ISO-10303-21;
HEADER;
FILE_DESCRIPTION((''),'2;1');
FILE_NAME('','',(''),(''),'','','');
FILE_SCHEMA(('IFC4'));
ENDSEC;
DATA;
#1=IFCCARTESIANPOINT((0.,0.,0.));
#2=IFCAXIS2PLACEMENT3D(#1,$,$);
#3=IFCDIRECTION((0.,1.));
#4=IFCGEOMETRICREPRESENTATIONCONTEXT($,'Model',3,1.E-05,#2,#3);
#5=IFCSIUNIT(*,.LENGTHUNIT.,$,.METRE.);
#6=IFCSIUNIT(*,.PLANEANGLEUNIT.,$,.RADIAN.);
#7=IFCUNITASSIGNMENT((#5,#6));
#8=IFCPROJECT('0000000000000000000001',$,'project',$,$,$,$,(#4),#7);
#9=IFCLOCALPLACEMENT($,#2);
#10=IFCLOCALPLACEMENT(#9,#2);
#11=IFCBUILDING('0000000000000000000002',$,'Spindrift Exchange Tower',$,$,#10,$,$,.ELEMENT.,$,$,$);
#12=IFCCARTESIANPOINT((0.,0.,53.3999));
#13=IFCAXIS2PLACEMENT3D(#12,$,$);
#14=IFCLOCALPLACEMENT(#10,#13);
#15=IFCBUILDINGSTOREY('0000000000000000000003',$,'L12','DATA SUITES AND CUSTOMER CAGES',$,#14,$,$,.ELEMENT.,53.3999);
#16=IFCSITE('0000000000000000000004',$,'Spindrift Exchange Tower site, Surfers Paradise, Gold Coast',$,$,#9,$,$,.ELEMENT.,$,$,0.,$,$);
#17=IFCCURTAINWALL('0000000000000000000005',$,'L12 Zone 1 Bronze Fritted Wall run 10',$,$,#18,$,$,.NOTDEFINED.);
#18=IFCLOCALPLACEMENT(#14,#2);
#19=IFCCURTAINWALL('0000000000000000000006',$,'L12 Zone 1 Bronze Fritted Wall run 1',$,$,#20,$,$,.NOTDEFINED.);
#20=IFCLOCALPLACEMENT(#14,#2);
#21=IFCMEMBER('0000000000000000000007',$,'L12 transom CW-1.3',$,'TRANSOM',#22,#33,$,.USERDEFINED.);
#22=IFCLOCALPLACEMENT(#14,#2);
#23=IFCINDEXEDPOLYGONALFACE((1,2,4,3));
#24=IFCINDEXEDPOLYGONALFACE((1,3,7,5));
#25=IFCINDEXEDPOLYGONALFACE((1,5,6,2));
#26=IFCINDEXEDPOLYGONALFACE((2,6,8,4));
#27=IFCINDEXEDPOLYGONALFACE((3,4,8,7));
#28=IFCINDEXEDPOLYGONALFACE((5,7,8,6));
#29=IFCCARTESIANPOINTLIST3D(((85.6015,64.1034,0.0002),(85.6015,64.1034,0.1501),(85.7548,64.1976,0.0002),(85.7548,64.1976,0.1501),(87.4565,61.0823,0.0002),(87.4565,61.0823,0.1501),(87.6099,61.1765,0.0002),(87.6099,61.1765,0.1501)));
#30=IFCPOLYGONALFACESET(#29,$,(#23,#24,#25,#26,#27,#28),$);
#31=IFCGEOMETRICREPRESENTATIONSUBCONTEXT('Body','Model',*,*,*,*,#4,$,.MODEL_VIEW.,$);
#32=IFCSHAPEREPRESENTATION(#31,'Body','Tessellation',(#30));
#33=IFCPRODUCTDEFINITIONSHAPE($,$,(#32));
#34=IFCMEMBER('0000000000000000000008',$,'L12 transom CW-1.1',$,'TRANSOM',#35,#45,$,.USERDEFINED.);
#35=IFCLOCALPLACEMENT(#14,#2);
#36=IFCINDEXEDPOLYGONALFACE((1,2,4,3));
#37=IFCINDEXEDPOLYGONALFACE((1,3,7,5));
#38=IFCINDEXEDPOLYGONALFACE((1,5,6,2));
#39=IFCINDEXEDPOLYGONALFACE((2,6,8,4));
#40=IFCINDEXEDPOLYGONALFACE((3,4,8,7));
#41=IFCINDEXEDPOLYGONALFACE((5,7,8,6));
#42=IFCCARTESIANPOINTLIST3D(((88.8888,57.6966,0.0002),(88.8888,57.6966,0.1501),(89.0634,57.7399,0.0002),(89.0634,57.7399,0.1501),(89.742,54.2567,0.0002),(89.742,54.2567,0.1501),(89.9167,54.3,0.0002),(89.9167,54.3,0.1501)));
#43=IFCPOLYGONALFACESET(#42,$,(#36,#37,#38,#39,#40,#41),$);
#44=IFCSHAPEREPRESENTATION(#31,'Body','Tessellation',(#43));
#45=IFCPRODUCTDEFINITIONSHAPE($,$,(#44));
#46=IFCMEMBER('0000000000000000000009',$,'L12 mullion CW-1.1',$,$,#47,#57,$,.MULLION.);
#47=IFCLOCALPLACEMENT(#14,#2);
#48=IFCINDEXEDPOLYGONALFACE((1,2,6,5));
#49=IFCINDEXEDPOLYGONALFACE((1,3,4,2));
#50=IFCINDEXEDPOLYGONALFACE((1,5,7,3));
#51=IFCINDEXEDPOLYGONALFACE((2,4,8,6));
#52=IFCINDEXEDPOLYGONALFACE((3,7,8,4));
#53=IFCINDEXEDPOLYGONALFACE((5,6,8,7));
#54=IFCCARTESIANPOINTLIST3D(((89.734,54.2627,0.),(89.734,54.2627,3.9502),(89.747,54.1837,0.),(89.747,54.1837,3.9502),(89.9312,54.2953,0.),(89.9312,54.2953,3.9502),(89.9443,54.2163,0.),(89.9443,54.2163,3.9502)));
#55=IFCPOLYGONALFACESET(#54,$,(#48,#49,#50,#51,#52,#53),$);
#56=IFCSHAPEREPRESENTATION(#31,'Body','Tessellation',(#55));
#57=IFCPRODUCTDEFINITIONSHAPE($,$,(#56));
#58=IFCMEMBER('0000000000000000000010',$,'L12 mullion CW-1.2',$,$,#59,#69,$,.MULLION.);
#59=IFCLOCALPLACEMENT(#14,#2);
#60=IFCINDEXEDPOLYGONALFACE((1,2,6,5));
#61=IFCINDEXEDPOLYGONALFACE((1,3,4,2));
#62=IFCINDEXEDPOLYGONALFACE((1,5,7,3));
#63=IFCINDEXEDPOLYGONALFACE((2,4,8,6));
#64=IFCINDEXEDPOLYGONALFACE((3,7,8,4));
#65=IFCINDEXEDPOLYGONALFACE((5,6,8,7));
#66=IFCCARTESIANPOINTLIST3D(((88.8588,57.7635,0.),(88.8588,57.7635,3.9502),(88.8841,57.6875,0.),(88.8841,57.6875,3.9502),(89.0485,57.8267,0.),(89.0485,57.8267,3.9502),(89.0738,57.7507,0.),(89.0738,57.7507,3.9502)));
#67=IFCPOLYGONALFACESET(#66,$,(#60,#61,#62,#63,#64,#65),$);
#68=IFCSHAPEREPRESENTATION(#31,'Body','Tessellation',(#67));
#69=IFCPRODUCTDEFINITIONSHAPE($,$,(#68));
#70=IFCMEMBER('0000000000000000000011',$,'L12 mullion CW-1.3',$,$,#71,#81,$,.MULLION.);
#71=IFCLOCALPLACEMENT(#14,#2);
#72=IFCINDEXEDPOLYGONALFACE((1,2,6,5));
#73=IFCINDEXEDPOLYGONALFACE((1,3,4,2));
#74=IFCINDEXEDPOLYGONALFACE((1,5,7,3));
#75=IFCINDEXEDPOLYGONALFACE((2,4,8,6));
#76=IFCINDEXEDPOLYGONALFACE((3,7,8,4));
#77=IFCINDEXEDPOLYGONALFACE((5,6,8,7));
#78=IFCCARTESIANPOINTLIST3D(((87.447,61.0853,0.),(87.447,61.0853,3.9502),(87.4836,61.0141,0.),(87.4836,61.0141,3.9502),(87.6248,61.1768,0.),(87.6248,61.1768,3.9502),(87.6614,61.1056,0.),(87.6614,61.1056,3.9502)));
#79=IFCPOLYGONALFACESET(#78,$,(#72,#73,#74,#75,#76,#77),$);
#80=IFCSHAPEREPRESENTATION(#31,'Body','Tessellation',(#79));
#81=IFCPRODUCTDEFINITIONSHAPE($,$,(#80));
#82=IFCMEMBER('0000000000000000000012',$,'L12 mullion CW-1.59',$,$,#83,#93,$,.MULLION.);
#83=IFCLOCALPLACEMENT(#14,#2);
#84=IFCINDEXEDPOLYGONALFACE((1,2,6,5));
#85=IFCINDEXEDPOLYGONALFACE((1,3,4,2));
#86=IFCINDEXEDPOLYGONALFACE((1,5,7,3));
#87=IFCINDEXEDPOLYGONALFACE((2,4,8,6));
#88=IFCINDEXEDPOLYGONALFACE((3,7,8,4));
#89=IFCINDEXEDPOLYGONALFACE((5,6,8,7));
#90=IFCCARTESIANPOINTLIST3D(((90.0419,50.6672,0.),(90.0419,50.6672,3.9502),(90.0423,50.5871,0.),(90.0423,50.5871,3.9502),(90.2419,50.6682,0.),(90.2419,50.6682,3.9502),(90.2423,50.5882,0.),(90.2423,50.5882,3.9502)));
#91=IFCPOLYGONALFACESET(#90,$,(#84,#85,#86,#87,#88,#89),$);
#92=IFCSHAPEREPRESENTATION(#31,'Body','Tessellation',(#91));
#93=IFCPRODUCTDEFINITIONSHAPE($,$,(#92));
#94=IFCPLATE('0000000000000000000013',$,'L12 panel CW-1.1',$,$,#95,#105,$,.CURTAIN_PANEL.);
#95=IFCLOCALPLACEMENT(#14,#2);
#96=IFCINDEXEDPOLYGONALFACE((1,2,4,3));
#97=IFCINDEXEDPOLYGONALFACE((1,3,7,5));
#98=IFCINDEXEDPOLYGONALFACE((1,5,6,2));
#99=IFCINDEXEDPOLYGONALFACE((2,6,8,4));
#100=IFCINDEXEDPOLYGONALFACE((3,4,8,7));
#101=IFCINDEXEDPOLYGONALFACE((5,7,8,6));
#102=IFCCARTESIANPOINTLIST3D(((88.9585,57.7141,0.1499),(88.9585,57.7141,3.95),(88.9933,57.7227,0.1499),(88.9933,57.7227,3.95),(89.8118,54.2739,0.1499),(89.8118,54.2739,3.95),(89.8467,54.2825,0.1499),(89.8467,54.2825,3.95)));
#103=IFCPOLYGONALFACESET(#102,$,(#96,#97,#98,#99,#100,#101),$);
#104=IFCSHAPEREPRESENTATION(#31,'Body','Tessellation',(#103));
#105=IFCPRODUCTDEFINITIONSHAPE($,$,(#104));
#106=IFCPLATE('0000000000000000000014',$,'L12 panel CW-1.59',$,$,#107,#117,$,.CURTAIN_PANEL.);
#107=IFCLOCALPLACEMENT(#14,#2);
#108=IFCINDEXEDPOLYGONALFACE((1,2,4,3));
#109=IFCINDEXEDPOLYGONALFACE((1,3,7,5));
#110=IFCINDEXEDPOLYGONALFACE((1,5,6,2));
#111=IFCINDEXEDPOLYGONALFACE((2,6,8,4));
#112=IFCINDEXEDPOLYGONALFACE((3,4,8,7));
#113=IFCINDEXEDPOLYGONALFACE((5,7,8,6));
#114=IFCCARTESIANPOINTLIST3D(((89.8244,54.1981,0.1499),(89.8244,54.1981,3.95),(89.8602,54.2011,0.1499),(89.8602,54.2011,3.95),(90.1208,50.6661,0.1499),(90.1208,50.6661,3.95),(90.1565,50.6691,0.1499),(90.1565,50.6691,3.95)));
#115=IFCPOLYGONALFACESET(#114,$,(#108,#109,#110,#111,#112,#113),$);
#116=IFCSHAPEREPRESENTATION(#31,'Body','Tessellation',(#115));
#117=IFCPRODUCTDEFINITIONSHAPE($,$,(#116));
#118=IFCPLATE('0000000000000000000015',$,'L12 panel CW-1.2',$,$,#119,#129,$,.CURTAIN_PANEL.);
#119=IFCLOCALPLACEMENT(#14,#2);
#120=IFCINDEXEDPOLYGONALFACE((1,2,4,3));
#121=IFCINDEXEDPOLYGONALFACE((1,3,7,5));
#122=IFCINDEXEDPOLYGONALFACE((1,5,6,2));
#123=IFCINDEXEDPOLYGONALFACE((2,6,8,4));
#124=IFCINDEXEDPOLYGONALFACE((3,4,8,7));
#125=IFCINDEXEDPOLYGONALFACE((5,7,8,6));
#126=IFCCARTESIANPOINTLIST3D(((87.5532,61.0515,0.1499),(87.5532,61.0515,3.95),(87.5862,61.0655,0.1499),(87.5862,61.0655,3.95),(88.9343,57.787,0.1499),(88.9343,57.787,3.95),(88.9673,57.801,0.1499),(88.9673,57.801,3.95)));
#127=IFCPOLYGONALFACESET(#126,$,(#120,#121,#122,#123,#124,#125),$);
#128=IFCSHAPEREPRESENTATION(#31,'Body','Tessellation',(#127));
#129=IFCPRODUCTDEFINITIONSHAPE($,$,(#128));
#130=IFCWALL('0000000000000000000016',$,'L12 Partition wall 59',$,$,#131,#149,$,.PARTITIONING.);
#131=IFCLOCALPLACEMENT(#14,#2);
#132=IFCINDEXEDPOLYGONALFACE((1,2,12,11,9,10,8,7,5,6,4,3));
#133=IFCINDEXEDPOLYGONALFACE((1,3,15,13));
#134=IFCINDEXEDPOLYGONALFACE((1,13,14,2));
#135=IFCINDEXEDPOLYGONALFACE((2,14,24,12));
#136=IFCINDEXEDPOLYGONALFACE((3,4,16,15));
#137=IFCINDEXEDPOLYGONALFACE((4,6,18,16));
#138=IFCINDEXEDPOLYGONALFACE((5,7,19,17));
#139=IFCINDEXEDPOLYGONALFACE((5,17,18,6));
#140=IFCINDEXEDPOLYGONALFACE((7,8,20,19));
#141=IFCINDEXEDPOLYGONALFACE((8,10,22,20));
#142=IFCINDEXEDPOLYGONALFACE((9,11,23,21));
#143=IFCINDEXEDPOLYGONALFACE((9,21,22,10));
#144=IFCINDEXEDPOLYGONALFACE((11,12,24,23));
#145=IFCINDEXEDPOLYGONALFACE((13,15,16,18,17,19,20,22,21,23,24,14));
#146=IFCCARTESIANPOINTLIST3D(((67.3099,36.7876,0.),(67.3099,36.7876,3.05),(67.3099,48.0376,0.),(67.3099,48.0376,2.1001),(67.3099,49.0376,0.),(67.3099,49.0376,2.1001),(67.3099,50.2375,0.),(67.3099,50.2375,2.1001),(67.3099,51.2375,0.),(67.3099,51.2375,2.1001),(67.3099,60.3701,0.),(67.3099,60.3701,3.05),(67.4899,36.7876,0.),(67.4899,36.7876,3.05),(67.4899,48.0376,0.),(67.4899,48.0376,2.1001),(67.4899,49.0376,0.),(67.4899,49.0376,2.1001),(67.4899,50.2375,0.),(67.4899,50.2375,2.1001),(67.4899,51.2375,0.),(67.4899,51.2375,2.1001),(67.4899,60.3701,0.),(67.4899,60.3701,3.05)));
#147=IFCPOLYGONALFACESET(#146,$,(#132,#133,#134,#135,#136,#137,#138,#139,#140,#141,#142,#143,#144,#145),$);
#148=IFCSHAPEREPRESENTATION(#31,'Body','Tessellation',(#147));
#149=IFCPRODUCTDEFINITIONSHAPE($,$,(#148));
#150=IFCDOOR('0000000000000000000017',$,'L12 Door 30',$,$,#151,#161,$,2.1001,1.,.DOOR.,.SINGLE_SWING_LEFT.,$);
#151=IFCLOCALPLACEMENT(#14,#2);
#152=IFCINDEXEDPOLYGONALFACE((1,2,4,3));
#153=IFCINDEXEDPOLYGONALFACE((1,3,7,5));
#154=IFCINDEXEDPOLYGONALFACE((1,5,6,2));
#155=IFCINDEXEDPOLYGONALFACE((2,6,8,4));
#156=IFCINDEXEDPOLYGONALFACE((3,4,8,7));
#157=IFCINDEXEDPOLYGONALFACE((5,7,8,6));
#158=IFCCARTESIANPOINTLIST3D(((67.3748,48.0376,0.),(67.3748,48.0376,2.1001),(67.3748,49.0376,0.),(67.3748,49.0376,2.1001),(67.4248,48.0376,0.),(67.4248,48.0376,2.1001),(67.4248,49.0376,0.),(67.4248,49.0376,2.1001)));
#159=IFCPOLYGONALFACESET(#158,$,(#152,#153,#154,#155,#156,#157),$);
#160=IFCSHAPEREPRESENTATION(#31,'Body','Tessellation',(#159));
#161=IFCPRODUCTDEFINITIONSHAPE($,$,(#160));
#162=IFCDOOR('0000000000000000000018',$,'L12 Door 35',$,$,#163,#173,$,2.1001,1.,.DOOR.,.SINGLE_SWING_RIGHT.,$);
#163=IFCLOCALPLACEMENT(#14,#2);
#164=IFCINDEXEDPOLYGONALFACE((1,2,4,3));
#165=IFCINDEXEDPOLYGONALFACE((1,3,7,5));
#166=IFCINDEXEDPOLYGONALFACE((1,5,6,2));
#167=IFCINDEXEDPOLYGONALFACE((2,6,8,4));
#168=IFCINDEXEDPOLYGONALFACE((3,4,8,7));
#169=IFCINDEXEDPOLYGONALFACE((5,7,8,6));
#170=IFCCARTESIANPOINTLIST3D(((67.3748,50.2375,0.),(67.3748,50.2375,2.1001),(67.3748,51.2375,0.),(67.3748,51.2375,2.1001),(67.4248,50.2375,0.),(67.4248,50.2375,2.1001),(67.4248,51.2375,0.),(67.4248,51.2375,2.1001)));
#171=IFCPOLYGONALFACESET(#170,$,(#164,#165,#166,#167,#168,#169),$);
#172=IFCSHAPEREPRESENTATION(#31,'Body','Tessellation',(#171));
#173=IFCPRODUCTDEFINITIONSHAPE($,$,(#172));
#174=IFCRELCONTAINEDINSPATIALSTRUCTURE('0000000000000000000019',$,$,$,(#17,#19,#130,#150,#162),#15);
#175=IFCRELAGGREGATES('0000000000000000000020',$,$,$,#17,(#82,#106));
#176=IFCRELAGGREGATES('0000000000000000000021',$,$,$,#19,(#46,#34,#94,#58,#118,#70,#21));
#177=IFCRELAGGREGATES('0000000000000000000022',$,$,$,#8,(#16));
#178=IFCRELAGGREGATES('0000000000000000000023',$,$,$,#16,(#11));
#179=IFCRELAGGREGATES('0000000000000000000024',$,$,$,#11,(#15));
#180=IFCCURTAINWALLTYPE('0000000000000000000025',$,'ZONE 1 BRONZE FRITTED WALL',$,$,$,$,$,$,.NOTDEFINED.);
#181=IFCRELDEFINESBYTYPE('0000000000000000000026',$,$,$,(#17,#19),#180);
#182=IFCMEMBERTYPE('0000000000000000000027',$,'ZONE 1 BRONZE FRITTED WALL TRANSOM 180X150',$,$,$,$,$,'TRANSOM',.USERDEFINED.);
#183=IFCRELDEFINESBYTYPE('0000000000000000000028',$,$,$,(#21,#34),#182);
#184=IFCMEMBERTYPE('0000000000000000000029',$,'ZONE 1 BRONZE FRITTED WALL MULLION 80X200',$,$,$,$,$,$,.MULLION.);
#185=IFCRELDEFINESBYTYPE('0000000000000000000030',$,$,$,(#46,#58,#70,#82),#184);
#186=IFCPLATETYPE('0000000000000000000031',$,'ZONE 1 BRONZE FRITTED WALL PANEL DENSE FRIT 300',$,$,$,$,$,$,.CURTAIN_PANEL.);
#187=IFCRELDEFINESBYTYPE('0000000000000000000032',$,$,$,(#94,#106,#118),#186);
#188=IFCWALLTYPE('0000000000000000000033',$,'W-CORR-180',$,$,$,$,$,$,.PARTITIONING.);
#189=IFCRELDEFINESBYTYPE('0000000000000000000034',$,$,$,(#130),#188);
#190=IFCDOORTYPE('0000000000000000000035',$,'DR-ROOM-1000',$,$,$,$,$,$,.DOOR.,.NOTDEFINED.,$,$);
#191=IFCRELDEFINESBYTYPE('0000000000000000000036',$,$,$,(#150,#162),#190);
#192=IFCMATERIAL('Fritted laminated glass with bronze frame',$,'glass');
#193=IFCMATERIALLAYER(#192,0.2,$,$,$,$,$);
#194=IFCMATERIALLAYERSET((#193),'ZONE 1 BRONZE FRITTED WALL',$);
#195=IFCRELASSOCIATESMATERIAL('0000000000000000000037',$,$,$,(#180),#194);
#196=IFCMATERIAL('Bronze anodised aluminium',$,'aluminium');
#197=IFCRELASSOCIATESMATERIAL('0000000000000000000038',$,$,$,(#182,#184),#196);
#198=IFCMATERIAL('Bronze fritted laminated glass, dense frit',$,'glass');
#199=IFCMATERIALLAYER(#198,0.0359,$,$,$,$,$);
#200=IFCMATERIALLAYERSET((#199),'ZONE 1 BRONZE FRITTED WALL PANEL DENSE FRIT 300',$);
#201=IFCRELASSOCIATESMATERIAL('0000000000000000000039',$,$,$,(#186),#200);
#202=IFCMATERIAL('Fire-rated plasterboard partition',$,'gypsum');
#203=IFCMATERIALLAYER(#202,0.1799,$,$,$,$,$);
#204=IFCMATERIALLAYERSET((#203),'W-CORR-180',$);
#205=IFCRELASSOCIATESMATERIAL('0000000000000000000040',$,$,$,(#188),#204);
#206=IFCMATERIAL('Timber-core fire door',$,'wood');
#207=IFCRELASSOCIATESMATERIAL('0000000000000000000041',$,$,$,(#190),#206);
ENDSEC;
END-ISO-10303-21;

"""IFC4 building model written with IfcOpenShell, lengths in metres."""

from ifc_helpers import new_model, si_unit, direction, frame, frame_2d, origin, origin_2d, place, context, subcontext, project, spatial, rectangle, extrude, source, transform, mapped, material, layer, layer_set, material_profile, profile_set, type_object, element, fill, aggregate, save


model = new_model("IFC4")

# Units and contexts
model_context = context("Model", 3, precision=1e-05, world=origin(), true_north=direction((0.0, 1.0)))
body_context = subcontext(model_context, "Body", "Model", "MODEL_VIEW")
ifc_project = project(units=[si_unit("LENGTHUNIT", "METRE"), si_unit("PLANEANGLEUNIT", "RADIAN")], contexts=[model_context])

# Site, building, storey
site_placement = place(None, origin())
site = spatial("IfcSite", under=ifc_project, at=site_placement, Name="Spindrift Exchange Tower site, Surfers Paradise, Gold Coast", CompositionType="ELEMENT", RefElevation=0.0)
building_placement = place(site_placement, origin())
building = spatial("IfcBuilding", under=site, at=building_placement, Name="Spindrift Exchange Tower", CompositionType="ELEMENT")
storey_placement = place(building_placement, frame((0.0, 0.0, 53.3999)))
storey = spatial("IfcBuildingStorey", under=building, at=storey_placement, Name="L12", Description="DATA SUITES AND CUSTOMER CAGES", CompositionType="ELEMENT", Elevation=53.3999)

# Curtain wall
ifc_material_1 = material(Name="Fritted laminated glass with bronze frame", Category="glass")
ifc_layer_1 = layer(ifc_material_1, 0.2)
ifc_layer_set_1 = layer_set([ifc_layer_1], Name="ZONE 1 BRONZE FRITTED WALL")
curtain_wall_type = type_object("IfcCurtainWallType", Name="ZONE 1 BRONZE FRITTED WALL", PredefinedType="NOTDEFINED", material=ifc_layer_set_1)
curtain_wall_1_placement = place(storey_placement, origin())
curtain_wall_1 = element("IfcCurtainWall", 1, at=curtain_wall_1_placement, inside=storey, type_object=curtain_wall_type, Name="L12 Zone 1 Bronze Fritted Wall run 10", PredefinedType="NOTDEFINED")
ifc_material_2 = material(Name="Bronze anodised aluminium", Category="aluminium")
ifc_material_profile_1 = material_profile(ifc_material_2, rectangle(XDim=0.1799, YDim=0.1499, at=origin_2d()), Name="ZONE 1 BRONZE FRITTED WALL TRANSOM 180X150")
ifc_profile_set_1 = profile_set([ifc_material_profile_1], Name="Bronze anodised aluminium")
member_type_1 = type_object("IfcMemberType", Name="ZONE 1 BRONZE FRITTED WALL TRANSOM 180X150", ElementType="TRANSOM", PredefinedType="USERDEFINED", material=ifc_profile_set_1)

# Curtain wall, members
curtain_wall_2_placement = place(storey_placement, origin())
curtain_wall_2 = element("IfcCurtainWall", 2, at=curtain_wall_2_placement, inside=storey, type_object=curtain_wall_type, Name="L12 Zone 1 Bronze Fritted Wall run 1", PredefinedType="NOTDEFINED")
shared_shape_1 = source(origin(), body_context, "Body", "SweptSolid", [
    extrude(rectangle(XDim=0.1799, YDim=0.1499, at=origin_2d()), origin(), (0.0, 0.0, 1.0), 3.5452),
])
member_1_placement = place(storey_placement, frame((87.5332, 61.1294, 0.0752), z_axis=(-0.52326, 0.852173, 0.0), x_axis=(-0.852173, -0.52326, 0.0)))
member_1 = element("IfcMember", 3, at=member_1_placement, type_object=member_type_1, Name="L12 transom CW-1.3", ObjectType="TRANSOM", PredefinedType="USERDEFINED", context=body_context, shape_type="MappedRepresentation", body=[
    mapped(shared_shape_1, transform((0.0, 0.0, 0.0), scale=1.0)),
])
shared_shape_2 = source(origin(), body_context, "Body", "SweptSolid", [
    extrude(rectangle(XDim=0.1799, YDim=0.1499, at=origin_2d()), origin(), (0.0, 0.0, 1.0), 3.5442),
])
member_2_placement = place(storey_placement, frame((89.8293, 54.2783, 0.0752), z_axis=(-0.240752, 0.970587, 0.0), x_axis=(-0.970587, -0.240752, 0.0)))
member_2 = element("IfcMember", 4, at=member_2_placement, type_object=member_type_1, Name="L12 transom CW-1.1", ObjectType="TRANSOM", PredefinedType="USERDEFINED", context=body_context, shape_type="MappedRepresentation", body=[
    mapped(shared_shape_2, transform((0.0, 0.0, 0.0), scale=1.0)),
])
ifc_material_profile_2 = material_profile(ifc_material_2, rectangle(XDim=0.0801, YDim=0.2, at=origin_2d()), Name="ZONE 1 BRONZE FRITTED WALL MULLION 80X200")
ifc_profile_set_2 = profile_set([ifc_material_profile_2], Name="Bronze anodised aluminium")
member_type_2 = type_object("IfcMemberType", Name="ZONE 1 BRONZE FRITTED WALL MULLION 80X200", PredefinedType="MULLION", material=ifc_profile_set_2)
shared_shape_3 = source(origin(), body_context, "Body", "SweptSolid", [
    extrude(rectangle(XDim=0.0801, YDim=0.2, at=origin_2d()), origin(), (0.0, 0.0, 1.0), 3.9502),
])
member_3_placement = place(storey_placement, frame((89.8391, 54.2395, 0.0), z_axis=(0.0, 0.0, 1.0), x_axis=(-0.162695, 0.986676, 0.0)))
member_3 = element("IfcMember", 5, at=member_3_placement, type_object=member_type_2, Name="L12 mullion CW-1.1", PredefinedType="MULLION", context=body_context, shape_type="MappedRepresentation", body=[
    mapped(shared_shape_3, transform((0.0, 0.0, 0.0), scale=1.0)),
])
member_4_placement = place(storey_placement, frame((88.9663, 57.7571, 0.0), z_axis=(0.0, 0.0, 1.0), x_axis=(-0.316171, 0.948702, 0.0)))
member_4 = element("IfcMember", 6, at=member_4_placement, type_object=member_type_2, Name="L12 mullion CW-1.2", PredefinedType="MULLION", context=body_context, shape_type="MappedRepresentation", body=[
    mapped(shared_shape_3, transform((0.0, 0.0, 0.0), scale=1.0)),
])
member_5_placement = place(storey_placement, frame((87.5542, 61.0955, 0.0), z_axis=(0.0, 0.0, 1.0), x_axis=(-0.457742, 0.889085, 0.0)))
member_5 = element("IfcMember", 7, at=member_5_placement, type_object=member_type_2, Name="L12 mullion CW-1.3", PredefinedType="MULLION", context=body_context, shape_type="MappedRepresentation", body=[
    mapped(shared_shape_3, transform((0.0, 0.0, 0.0), scale=1.0)),
])

# Member
member_6_placement = place(storey_placement, frame((90.1421, 50.6277, 0.0), z_axis=(0.0, 0.0, 1.0), x_axis=(-0.00515, 0.999987, 0.0)))
member_6 = element("IfcMember", 8, at=member_6_placement, type_object=member_type_2, Name="L12 mullion CW-1.59", PredefinedType="MULLION", context=body_context, shape_type="MappedRepresentation", body=[
    mapped(shared_shape_3, transform((0.0, 0.0, 0.0), scale=1.0)),
])

# Plates
ifc_material_3 = material(Name="Bronze fritted laminated glass, dense frit", Category="glass")
ifc_layer_2 = layer(ifc_material_3, 0.0359)
ifc_layer_set_2 = layer_set([ifc_layer_2], Name="ZONE 1 BRONZE FRITTED WALL PANEL DENSE FRIT 300")
plate_type = type_object("IfcPlateType", Name="ZONE 1 BRONZE FRITTED WALL PANEL DENSE FRIT 300", PredefinedType="CURTAIN_PANEL", material=ifc_layer_set_2)
shared_shape_4 = source(origin(), body_context, "Body", "SweptSolid", [
    extrude(rectangle(XDim=3.5444, YDim=0.0359, at=origin_2d()), origin(), (0.0, 0.0, 1.0), 3.8),
])
plate_1_placement = place(storey_placement, frame((89.4026, 55.9983, 0.1499), z_axis=(0.0, 0.0, 1.0), x_axis=(-0.240757, 0.970586, 0.0)))
plate_1 = element("IfcPlate", 9, at=plate_1_placement, type_object=plate_type, Name="L12 panel CW-1.1", PredefinedType="CURTAIN_PANEL", context=body_context, shape_type="MappedRepresentation", body=[
    mapped(shared_shape_4, transform((0.0, 0.0, 0.0), scale=1.0)),
])
plate_2_placement = place(storey_placement, frame((89.9905, 52.4336, 0.1499), z_axis=(0.0, 0.0, 1.0), x_axis=(-0.0836, 0.996499, 0.0)))
plate_2 = element("IfcPlate", 10, at=plate_2_placement, type_object=plate_type, Name="L12 panel CW-1.59", PredefinedType="CURTAIN_PANEL", context=body_context, shape_type="MappedRepresentation", body=[
    mapped(shared_shape_4, transform((0.0, 0.0, 0.0), scale=1.0)),
])
aggregate(curtain_wall_1, [member_6, plate_2])
shared_shape_5 = source(origin(), body_context, "Body", "SweptSolid", [
    extrude(rectangle(XDim=3.5447, YDim=0.0359, at=origin_2d()), origin(), (0.0, 0.0, 1.0), 3.8),
])
plate_3_placement = place(storey_placement, frame((88.2603, 59.4263, 0.1499), z_axis=(0.0, 0.0, 1.0), x_axis=(-0.389637, 0.920969, 0.0)))
plate_3 = element("IfcPlate", 11, at=plate_3_placement, type_object=plate_type, Name="L12 panel CW-1.2", PredefinedType="CURTAIN_PANEL", context=body_context, shape_type="MappedRepresentation", body=[
    mapped(shared_shape_5, transform((0.0, 0.0, 0.0), scale=1.0)),
])
aggregate(curtain_wall_2, [member_3, member_2, plate_1, member_4, plate_3, member_5, member_1])

# Wall, openings, doors
ifc_material_4 = material(Name="Fire-rated plasterboard partition", Category="gypsum")
ifc_layer_3 = layer(ifc_material_4, 0.1799)
ifc_layer_set_3 = layer_set([ifc_layer_3], Name="W-CORR-180")
wall_type_1 = type_object("IfcWallType", Name="W-CORR-180", PredefinedType="PARTITIONING", material=ifc_layer_set_3)
wall_1_placement = place(storey_placement, frame((67.3999, 60.3701, 0.0), z_axis=(0.0, 0.0, 1.0), x_axis=(0.0, -1.0, 0.0)))
wall_1 = element("IfcWall", 12, at=wall_1_placement, inside=storey, type_object=wall_type_1, Name="L12 Partition wall 59", PredefinedType="PARTITIONING", context=body_context, shape_type="SweptSolid", body=[
    extrude(rectangle(XDim=23.5825, YDim=0.1799, at=frame_2d((11.7913, 0.0))), origin(), (0.0, 0.0, 1.0), 3.05),
])
opening_1_placement = place(wall_1_placement, frame((11.3325, 0.0, 0.0)))
opening_1 = element("IfcOpeningElement", 13, at=opening_1_placement, cuts=wall_1, PredefinedType="OPENING", context=body_context, shape_type="SweptSolid", body=[
    extrude(rectangle(XDim=1.0, YDim=2.1001, at=frame_2d((0.5, 1.05))), frame((0.0, 0.0999, 0.0), z_axis=(0.0, -1.0, 0.0), x_axis=(1.0, 0.0, 0.0)), (0.0, 0.0, 1.0), 0.2),
])
opening_2_placement = place(wall_1_placement, frame((9.1326, 0.0, 0.0)))
opening_2 = element("IfcOpeningElement", 14, at=opening_2_placement, cuts=wall_1, PredefinedType="OPENING", context=body_context, shape_type="SweptSolid", body=[
    extrude(rectangle(XDim=1.0, YDim=2.1001, at=frame_2d((0.5, 1.05))), frame((0.0, 0.0999, 0.0), z_axis=(0.0, -1.0, 0.0), x_axis=(1.0, 0.0, 0.0)), (0.0, 0.0, 1.0), 0.2),
])
ifc_material_5 = material(Name="Timber-core fire door", Category="wood")
door_type = type_object("IfcDoorType", Name="DR-ROOM-1000", OperationType="NOTDEFINED", PredefinedType="DOOR", material=ifc_material_5)
shared_shape_6 = source(origin(), body_context, "Body", "SweptSolid", [
    extrude(rectangle(XDim=1.0, YDim=2.1001, at=frame_2d((0.5, 1.05))), frame((0.0, 0.0249, 0.0), z_axis=(0.0, -1.0, 0.0), x_axis=(1.0, 0.0, 0.0)), (0.0, 0.0, 1.0), 0.05),
])
door_1_placement = place(opening_1_placement, origin())
door_1 = element("IfcDoor", 15, at=door_1_placement, inside=storey, type_object=door_type, Name="L12 Door 30", OperationType="SINGLE_SWING_LEFT", OverallHeight=2.1001, OverallWidth=1.0, PredefinedType="DOOR", context=body_context, shape_type="MappedRepresentation", body=[
    mapped(shared_shape_6, transform((0.0, 0.0, 0.0), scale=1.0)),
])
fill(opening_1, door_1)
door_2_placement = place(opening_2_placement, origin())
door_2 = element("IfcDoor", 16, at=door_2_placement, inside=storey, type_object=door_type, Name="L12 Door 35", OperationType="SINGLE_SWING_RIGHT", OverallHeight=2.1001, OverallWidth=1.0, PredefinedType="DOOR", context=body_context, shape_type="MappedRepresentation", body=[
    mapped(shared_shape_6, transform((0.0, 0.0, 0.0), scale=1.0)),
])
fill(opening_2, door_2)

save(model, "model.ifc")
